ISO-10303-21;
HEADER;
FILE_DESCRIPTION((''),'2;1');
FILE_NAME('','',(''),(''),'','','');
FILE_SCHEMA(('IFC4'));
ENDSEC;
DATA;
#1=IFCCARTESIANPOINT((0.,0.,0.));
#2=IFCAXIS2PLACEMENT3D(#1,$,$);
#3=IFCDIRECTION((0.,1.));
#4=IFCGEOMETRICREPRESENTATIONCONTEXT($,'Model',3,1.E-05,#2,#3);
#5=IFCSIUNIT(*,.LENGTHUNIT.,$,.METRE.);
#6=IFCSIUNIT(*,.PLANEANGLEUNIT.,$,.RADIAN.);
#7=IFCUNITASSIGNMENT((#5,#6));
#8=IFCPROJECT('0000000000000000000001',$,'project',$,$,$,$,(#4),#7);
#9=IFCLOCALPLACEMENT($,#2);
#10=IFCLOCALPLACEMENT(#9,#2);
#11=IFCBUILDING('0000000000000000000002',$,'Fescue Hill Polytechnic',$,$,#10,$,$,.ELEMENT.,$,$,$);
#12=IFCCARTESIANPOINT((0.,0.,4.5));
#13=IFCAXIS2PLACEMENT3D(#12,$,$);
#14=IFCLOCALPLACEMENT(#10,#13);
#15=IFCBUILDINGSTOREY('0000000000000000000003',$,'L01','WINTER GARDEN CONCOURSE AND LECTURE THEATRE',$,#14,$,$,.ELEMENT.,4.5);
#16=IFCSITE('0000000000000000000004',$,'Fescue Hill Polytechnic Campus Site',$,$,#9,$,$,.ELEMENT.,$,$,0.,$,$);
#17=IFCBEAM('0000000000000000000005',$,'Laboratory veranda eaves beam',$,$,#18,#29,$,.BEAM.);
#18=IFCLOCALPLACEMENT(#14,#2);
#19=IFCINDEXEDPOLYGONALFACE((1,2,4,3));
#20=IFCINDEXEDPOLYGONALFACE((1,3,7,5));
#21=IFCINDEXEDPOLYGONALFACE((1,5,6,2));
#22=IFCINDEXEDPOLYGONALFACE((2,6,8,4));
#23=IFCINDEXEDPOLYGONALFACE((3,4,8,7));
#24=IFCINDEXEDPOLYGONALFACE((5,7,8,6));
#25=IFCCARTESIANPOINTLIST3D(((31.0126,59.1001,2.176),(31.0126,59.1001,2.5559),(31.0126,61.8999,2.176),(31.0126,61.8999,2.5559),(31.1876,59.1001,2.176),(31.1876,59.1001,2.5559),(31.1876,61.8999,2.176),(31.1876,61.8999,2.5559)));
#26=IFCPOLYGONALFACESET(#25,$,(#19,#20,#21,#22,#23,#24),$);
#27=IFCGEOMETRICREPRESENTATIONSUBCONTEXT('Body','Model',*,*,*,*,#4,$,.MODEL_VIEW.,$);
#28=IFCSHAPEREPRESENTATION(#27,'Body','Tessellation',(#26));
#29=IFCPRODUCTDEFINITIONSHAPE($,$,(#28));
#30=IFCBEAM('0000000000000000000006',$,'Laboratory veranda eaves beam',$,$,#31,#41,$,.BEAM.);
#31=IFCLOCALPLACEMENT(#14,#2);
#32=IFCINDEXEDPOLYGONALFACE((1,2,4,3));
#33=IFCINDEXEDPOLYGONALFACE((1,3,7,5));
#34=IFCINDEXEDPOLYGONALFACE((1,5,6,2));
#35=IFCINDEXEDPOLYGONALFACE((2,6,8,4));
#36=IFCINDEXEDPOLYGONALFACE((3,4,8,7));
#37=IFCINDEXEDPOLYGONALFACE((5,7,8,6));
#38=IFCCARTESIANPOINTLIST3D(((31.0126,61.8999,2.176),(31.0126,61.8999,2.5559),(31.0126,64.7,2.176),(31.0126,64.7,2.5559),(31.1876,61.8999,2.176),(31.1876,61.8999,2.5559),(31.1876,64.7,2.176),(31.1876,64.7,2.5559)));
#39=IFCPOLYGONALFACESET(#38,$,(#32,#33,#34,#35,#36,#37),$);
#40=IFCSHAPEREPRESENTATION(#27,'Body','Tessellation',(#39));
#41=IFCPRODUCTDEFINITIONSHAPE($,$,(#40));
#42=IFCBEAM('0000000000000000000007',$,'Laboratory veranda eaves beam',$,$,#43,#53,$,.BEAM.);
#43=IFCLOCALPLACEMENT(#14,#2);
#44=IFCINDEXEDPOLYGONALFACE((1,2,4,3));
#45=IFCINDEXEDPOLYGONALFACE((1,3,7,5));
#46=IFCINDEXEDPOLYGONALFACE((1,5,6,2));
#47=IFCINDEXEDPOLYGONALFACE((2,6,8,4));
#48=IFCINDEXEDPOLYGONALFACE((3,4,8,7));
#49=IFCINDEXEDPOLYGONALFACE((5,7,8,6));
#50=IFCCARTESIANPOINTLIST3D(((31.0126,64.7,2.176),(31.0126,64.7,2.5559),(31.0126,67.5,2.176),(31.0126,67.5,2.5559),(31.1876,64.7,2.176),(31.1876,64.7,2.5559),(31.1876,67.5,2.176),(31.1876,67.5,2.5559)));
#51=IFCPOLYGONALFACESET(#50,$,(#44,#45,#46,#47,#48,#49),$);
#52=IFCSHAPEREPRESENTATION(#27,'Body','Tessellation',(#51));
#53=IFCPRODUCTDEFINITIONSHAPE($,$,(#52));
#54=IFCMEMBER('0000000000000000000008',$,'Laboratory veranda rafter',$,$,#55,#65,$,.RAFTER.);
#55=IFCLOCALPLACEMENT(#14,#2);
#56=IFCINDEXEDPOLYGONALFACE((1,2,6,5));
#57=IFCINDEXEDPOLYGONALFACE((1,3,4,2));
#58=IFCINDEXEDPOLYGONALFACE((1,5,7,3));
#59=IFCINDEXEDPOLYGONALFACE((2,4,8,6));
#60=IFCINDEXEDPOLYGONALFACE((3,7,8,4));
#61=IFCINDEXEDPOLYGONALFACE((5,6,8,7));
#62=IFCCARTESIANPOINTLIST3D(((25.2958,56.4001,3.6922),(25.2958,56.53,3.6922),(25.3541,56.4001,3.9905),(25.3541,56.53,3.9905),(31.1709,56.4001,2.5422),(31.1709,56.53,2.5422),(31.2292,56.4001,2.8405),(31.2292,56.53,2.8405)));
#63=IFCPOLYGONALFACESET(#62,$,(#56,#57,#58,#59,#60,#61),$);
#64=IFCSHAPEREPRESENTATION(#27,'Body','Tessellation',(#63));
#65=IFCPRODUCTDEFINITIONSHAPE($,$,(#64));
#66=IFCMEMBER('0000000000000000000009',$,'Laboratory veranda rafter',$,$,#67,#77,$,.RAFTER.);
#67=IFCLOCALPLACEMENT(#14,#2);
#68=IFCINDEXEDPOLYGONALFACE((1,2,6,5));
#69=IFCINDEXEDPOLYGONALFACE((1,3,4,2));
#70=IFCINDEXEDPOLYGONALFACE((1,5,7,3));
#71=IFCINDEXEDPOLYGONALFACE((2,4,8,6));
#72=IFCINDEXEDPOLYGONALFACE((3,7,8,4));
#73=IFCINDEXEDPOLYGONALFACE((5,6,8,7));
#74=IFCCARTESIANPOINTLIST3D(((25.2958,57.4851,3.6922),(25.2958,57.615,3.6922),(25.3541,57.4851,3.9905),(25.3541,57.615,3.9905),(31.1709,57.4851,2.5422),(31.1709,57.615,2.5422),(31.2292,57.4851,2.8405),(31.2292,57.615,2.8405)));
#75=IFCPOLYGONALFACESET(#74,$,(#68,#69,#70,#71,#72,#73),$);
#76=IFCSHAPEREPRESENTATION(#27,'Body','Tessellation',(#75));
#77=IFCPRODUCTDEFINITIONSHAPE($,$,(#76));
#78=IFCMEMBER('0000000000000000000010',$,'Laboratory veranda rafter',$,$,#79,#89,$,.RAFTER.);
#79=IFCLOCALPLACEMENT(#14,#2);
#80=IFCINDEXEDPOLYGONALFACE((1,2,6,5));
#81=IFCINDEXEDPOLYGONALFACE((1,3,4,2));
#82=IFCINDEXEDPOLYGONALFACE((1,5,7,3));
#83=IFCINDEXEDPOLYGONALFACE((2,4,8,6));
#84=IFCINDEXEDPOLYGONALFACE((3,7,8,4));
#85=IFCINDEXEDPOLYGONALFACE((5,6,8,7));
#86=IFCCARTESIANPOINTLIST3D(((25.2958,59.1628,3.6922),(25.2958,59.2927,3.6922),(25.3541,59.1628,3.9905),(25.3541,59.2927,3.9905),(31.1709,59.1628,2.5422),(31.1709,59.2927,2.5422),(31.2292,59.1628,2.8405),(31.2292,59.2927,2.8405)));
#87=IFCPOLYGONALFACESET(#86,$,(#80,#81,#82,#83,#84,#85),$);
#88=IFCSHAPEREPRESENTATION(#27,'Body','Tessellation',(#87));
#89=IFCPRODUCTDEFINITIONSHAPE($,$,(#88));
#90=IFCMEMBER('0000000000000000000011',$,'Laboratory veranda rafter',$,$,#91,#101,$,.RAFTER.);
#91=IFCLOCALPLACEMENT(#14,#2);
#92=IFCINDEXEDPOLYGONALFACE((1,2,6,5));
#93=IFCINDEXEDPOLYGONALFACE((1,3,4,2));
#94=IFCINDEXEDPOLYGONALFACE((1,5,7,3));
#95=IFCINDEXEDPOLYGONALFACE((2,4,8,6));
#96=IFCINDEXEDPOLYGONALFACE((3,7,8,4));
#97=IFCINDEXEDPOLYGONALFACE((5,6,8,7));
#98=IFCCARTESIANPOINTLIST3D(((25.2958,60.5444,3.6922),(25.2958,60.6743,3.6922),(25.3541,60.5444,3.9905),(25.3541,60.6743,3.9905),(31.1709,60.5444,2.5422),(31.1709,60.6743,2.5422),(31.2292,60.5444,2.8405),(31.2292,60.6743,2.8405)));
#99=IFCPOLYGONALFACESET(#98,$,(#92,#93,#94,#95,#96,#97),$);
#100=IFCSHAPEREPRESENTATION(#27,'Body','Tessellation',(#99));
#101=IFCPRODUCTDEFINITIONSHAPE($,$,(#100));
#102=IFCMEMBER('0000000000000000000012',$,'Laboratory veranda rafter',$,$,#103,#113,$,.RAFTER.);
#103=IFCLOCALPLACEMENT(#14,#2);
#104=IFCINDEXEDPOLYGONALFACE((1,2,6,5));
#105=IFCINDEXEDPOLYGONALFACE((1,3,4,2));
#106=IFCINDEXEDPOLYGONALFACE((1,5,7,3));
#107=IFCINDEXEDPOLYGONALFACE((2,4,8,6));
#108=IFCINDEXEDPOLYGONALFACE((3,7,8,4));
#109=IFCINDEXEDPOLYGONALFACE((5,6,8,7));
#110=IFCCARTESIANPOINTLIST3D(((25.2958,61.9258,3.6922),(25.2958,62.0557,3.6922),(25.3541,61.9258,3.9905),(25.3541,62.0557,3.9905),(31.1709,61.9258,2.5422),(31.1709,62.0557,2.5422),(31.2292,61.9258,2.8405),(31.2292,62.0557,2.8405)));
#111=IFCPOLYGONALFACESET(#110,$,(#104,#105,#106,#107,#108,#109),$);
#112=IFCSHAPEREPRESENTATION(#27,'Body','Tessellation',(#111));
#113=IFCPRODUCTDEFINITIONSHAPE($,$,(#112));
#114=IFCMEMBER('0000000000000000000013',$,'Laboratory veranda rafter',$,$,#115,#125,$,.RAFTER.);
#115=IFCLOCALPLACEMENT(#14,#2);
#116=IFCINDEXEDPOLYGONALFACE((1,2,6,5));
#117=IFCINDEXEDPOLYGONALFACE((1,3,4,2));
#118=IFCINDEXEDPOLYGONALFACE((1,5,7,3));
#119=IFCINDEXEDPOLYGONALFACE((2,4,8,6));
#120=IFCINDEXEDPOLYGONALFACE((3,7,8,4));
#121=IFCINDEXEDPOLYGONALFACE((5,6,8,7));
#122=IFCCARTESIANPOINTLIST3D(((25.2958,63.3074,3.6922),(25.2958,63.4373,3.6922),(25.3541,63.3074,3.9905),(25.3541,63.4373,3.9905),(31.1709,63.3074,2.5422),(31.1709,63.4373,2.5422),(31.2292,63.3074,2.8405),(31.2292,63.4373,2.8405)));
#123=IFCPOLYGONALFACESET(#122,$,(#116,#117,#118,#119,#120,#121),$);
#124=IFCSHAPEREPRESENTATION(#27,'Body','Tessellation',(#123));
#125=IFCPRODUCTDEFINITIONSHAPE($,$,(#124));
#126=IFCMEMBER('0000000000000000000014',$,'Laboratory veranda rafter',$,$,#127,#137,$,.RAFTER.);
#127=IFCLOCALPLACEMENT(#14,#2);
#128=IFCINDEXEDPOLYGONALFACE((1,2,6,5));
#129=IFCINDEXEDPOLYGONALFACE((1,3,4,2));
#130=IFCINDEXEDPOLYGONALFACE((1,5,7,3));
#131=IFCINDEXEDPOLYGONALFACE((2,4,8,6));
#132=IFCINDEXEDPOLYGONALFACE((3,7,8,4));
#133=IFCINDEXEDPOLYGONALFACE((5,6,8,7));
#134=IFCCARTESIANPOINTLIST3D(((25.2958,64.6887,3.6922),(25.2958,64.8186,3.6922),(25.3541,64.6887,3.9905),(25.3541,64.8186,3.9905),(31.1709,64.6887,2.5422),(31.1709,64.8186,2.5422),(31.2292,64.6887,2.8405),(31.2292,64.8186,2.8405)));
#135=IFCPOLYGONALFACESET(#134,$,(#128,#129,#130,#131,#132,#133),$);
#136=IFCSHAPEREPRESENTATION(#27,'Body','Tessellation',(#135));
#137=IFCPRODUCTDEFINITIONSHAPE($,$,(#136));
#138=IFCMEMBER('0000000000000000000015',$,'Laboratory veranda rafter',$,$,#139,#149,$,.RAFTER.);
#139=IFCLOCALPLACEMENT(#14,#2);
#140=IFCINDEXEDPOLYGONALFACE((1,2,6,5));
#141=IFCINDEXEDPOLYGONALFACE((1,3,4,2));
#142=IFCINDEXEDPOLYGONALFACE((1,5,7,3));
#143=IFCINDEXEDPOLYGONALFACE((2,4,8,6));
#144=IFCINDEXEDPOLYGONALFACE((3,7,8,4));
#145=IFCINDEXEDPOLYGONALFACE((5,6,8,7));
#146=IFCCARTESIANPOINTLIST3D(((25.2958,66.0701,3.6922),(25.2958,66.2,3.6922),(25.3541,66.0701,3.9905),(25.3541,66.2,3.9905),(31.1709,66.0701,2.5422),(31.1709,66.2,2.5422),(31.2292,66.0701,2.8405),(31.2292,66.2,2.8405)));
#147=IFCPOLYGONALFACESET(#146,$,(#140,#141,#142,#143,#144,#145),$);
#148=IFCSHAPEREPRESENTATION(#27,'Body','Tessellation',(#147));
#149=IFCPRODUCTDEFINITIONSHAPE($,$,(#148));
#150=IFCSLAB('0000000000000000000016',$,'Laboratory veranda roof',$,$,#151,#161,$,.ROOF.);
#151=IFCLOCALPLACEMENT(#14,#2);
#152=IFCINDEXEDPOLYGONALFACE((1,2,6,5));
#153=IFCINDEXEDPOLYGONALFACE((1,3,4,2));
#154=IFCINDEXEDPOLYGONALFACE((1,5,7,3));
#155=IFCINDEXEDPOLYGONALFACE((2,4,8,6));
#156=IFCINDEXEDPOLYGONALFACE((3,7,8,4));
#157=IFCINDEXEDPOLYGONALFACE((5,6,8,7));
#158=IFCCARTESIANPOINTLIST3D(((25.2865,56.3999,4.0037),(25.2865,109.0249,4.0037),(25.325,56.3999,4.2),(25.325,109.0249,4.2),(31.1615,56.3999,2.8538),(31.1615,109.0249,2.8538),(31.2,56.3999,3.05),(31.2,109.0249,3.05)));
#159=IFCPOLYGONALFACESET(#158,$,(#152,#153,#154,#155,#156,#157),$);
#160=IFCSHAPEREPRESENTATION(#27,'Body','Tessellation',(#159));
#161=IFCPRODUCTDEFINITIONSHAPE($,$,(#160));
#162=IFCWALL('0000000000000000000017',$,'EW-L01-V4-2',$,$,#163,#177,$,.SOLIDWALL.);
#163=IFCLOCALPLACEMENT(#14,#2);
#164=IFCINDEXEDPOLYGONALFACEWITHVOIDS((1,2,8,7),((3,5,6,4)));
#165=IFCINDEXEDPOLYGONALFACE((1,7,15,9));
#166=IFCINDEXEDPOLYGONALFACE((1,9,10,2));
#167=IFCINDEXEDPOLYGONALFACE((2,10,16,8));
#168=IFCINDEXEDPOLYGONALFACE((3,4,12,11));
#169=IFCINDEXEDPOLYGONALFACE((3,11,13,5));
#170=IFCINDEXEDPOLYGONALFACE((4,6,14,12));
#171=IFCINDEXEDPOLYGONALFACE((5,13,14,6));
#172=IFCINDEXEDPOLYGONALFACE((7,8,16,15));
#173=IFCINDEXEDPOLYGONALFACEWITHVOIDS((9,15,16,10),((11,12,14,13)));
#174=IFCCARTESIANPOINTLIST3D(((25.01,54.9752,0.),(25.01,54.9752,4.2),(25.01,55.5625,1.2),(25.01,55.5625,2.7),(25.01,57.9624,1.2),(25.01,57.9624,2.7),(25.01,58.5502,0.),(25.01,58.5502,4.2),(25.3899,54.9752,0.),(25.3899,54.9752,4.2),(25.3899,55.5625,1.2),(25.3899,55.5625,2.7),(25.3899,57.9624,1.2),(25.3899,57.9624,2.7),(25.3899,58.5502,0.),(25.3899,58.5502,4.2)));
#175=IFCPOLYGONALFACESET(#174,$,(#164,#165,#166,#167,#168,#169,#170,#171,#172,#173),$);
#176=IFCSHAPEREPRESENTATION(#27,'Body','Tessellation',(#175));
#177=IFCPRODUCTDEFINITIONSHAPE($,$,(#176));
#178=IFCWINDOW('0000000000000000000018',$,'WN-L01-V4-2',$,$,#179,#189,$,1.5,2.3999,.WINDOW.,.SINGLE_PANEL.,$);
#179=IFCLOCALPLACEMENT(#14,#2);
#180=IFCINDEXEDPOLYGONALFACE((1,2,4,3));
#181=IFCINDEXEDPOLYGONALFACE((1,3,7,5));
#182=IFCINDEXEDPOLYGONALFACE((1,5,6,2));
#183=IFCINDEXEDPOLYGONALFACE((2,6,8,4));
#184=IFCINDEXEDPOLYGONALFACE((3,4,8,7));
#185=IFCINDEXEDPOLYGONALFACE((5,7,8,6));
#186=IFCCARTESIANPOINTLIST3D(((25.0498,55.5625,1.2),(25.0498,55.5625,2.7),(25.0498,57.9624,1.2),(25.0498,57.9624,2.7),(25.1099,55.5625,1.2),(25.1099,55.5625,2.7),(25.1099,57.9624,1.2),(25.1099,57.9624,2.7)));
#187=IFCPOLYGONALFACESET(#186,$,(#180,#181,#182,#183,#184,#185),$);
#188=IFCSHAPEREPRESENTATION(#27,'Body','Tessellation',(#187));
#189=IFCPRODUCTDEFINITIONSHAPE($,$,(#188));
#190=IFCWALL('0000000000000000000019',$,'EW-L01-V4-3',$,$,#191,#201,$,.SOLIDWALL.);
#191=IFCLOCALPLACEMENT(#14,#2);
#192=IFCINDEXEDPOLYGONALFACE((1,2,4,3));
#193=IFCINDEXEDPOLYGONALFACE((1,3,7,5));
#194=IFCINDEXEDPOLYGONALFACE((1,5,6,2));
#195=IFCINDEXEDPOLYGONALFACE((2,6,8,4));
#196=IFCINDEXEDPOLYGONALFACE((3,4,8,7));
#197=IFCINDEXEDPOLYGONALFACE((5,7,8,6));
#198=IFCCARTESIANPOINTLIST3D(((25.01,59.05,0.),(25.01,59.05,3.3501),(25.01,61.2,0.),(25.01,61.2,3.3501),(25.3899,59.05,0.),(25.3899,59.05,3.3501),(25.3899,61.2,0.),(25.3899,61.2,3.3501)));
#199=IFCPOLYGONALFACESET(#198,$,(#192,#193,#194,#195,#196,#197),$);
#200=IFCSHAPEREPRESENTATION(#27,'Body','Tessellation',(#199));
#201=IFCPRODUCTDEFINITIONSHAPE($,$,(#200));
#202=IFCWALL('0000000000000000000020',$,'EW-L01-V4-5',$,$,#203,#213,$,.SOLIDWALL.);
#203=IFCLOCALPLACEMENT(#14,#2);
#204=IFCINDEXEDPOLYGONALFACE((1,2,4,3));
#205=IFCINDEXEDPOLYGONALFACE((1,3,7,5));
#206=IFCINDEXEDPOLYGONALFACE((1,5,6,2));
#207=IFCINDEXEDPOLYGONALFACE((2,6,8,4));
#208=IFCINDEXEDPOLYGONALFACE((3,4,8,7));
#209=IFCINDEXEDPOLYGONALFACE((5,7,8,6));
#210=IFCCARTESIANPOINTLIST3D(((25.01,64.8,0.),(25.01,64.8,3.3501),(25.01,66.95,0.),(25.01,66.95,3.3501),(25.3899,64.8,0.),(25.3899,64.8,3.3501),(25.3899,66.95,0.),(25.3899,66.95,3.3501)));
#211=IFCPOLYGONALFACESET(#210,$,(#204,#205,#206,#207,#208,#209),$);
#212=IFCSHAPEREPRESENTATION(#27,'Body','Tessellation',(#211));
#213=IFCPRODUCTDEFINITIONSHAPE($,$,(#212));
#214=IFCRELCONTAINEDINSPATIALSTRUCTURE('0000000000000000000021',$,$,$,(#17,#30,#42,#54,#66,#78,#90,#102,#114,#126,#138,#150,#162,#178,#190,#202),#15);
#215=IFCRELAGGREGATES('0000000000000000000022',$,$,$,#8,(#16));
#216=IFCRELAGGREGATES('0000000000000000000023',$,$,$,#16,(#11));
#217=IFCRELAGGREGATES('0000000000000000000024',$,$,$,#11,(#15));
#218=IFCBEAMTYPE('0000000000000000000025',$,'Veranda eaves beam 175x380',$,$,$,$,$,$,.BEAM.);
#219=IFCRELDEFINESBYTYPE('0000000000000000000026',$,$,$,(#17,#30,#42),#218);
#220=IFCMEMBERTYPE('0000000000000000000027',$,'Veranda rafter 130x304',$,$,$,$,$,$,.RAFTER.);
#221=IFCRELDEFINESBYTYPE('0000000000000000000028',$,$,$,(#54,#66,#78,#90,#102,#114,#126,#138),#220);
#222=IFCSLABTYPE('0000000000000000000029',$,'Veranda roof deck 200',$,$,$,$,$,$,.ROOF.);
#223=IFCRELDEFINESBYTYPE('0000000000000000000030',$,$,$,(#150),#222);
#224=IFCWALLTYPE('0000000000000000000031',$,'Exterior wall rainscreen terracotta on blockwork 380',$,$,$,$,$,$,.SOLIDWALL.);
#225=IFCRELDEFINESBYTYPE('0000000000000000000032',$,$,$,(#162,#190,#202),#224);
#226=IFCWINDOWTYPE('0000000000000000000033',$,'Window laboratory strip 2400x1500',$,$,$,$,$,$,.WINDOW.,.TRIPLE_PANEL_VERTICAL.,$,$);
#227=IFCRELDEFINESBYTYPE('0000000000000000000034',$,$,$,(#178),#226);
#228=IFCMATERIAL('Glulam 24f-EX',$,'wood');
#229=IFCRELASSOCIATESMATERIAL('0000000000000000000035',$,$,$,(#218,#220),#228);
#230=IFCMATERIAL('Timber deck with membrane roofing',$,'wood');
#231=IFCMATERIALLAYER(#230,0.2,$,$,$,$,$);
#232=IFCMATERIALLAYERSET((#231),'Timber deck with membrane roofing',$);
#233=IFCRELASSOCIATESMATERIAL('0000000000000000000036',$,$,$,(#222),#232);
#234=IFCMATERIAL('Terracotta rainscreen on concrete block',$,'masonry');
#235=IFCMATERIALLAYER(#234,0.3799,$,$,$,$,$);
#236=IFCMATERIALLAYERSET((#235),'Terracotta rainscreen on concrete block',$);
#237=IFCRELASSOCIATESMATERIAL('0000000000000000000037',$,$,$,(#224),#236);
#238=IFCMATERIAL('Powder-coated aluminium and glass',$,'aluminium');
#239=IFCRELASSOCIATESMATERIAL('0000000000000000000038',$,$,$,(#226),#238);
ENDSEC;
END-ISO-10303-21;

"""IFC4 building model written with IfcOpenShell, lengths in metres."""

from ifc_helpers import new_model, si_unit, direction, frame, frame_2d, origin, origin_2d, place, context, subcontext, project, spatial, polyline, rectangle, outline, extrude, material, layer, layer_set, material_profile, profile_set, type_object, element, fill, save


model = new_model("IFC4")

# Units and contexts
model_context = context("Model", 3, precision=1e-05, world=origin(), true_north=direction((0.0, 1.0)))
body_context = subcontext(model_context, "Body", "Model", "MODEL_VIEW")
ifc_project = project(units=[si_unit("LENGTHUNIT", "METRE"), si_unit("PLANEANGLEUNIT", "RADIAN")], contexts=[model_context])

# Site, building, storey
site_placement = place(None, origin())
site = spatial("IfcSite", under=ifc_project, at=site_placement, Name="Fescue Hill Polytechnic Campus Site", CompositionType="ELEMENT", RefElevation=0.0)
building_placement = place(site_placement, origin())
building = spatial("IfcBuilding", under=site, at=building_placement, Name="Fescue Hill Polytechnic", CompositionType="ELEMENT")
storey_placement = place(building_placement, frame((0.0, 0.0, 4.5)))
storey = spatial("IfcBuildingStorey", under=building, at=storey_placement, Name="L01", Description="WINTER GARDEN CONCOURSE AND LECTURE THEATRE", CompositionType="ELEMENT", Elevation=4.5)

# Shared definitions
ifc_material_1 = material(Name="Glulam 24f-EX", Category="wood")

# Beams
ifc_material_profile_1 = material_profile(ifc_material_1, rectangle(XDim=0.175, YDim=0.3799, at=origin_2d()), Name="Veranda eaves beam 175x380")
ifc_profile_set_1 = profile_set([ifc_material_profile_1], Name="Glulam 24f-EX")
beam_type = type_object("IfcBeamType", Name="Veranda eaves beam 175x380", PredefinedType="BEAM", material=ifc_profile_set_1)
beam_1_placement = place(storey_placement, frame((31.1001, 59.1001, 2.366), z_axis=(0.0, 1.0, 0.0), x_axis=(-1.0, 0.0, 0.0)))
element("IfcBeam", 1, at=beam_1_placement, inside=storey, type_object=beam_type, Name="Laboratory veranda eaves beam", PredefinedType="BEAM", context=body_context, shape_type="SweptSolid", body=[
    extrude(rectangle(XDim=0.175, YDim=0.3799, at=origin_2d()), origin(), (0.0, 0.0, 1.0), 2.7998),
])
for number, where, z_axis, x_axis, name in (
    (2, (31.1001, 61.8999, 2.366), (0.0, 1.0, 0.0), (-1.0, 0.0, 0.0), "Laboratory veranda eaves beam"),
    (3, (31.1001, 64.7, 2.366), (0.0, 1.0, 0.0), (-1.0, 0.0, 0.0), "Laboratory veranda eaves beam"),
):
    element("IfcBeam", number, at=place(storey_placement, frame(where, z_axis=z_axis, x_axis=x_axis)), inside=storey, type_object=beam_type, Name=name, PredefinedType="BEAM", context=body_context, shape_type="SweptSolid", body=[
        extrude(rectangle(XDim=0.175, YDim=0.3799, at=origin_2d()), origin(), (0.0, 0.0, 1.0), 2.8),
    ])

# Members
ifc_material_profile_2 = material_profile(ifc_material_1, rectangle(XDim=0.1299, YDim=0.304, at=origin_2d()), Name="Veranda rafter 130x304")
ifc_profile_set_2 = profile_set([ifc_material_profile_2], Name="Glulam 24f-EX")
member_type = type_object("IfcMemberType", Name="Veranda rafter 130x304", PredefinedType="RAFTER", material=ifc_profile_set_2)
for number, where, z_axis, x_axis, name in (
    (4, (25.325, 56.4651, 3.8413), (0.981379, 0.0, -0.192083), (0.0, 1.0, 0.0), "Laboratory veranda rafter"),
    (5, (25.325, 57.55, 3.8413), (0.981379, 0.0, -0.192083), (0.0, 1.0, 0.0), "Laboratory veranda rafter"),
    (6, (25.325, 59.2278, 3.8413), (0.981379, 0.0, -0.192083), (0.0, 1.0, 0.0), "Laboratory veranda rafter"),
    (7, (25.325, 60.6094, 3.8413), (0.981379, 0.0, -0.192083), (0.0, 1.0, 0.0), "Laboratory veranda rafter"),
    (8, (25.325, 61.9907, 3.8413), (0.981379, 0.0, -0.192083), (0.0, 1.0, 0.0), "Laboratory veranda rafter"),
    (9, (25.325, 63.3723, 3.8413), (0.981379, 0.0, -0.192083), (0.0, 1.0, 0.0), "Laboratory veranda rafter"),
    (10, (25.325, 64.7537, 3.8413), (0.981379, 0.0, -0.192083), (0.0, 1.0, 0.0), "Laboratory veranda rafter"),
    (11, (25.325, 66.135, 3.8413), (0.981379, 0.0, -0.192083), (0.0, 1.0, 0.0), "Laboratory veranda rafter"),
):
    element("IfcMember", number, at=place(storey_placement, frame(where, z_axis=z_axis, x_axis=x_axis)), inside=storey, type_object=member_type, Name=name, PredefinedType="RAFTER", context=body_context, shape_type="SweptSolid", body=[
        extrude(rectangle(XDim=0.1299, YDim=0.304, at=origin_2d()), origin(), (0.0, 0.0, 1.0), 5.9866),
    ])

# Slab
ifc_material_2 = material(Name="Timber deck with membrane roofing", Category="wood")
ifc_layer_1 = layer(ifc_material_2, 0.2)
ifc_layer_set_1 = layer_set([ifc_layer_1], Name="Timber deck with membrane roofing")
slab_type = type_object("IfcSlabType", Name="Veranda roof deck 200", PredefinedType="ROOF", material=ifc_layer_set_1)
slab_placement = place(storey_placement, frame((25.325, 56.3999, 4.2), z_axis=(0.192083, 0.0, 0.981379), x_axis=(0.981379, 0.0, -0.192083)))
element("IfcSlab", 12, at=slab_placement, inside=storey, type_object=slab_type, Name="Laboratory veranda roof", PredefinedType="ROOF", context=body_context, shape_type="SweptSolid", body=[
    extrude(outline(polyline([(0.0, 0.0), (5.9865, 0.0), (5.9865, 52.625), (0.0, 52.625), (0.0, 0.0)])), origin(), (0.0, 0.0, -1.0), 0.2),
])

# Wall, opening, window
ifc_material_3 = material(Name="Terracotta rainscreen on concrete block", Category="masonry")
ifc_layer_2 = layer(ifc_material_3, 0.3799)
ifc_layer_set_2 = layer_set([ifc_layer_2], Name="Terracotta rainscreen on concrete block")
wall_type_1 = type_object("IfcWallType", Name="Exterior wall rainscreen terracotta on blockwork 380", PredefinedType="SOLIDWALL", material=ifc_layer_set_2)
wall_1_placement = place(storey_placement, frame((25.2, 54.9751, 0.0), z_axis=(0.0, 0.0, 1.0), x_axis=(0.0, 1.0, 0.0)))
wall_1 = element("IfcWall", 13, at=wall_1_placement, inside=storey, type_object=wall_type_1, Name="EW-L01-V4-2", PredefinedType="SOLIDWALL", context=body_context, shape_type="SweptSolid", body=[
    extrude(rectangle(XDim=3.575, YDim=0.3799, at=frame_2d((1.7876, 0.0))), origin(), (0.0, 0.0, 1.0), 4.2),
])
opening_1_placement = place(wall_1_placement, frame((0.5874, 0.0, 1.2)))
opening_1 = element("IfcOpeningElement", 14, at=opening_1_placement, cuts=wall_1, PredefinedType="OPENING", context=body_context, shape_type="SweptSolid", body=[
    extrude(rectangle(XDim=2.3999, YDim=1.5, at=frame_2d((1.2, 0.75))), frame((0.0, 0.2, 0.0), z_axis=(0.0, -1.0, 0.0), x_axis=(1.0, 0.0, 0.0)), (0.0, 0.0, 1.0), 0.3999),
])
ifc_material_4 = material(Name="Powder-coated aluminium and glass", Category="aluminium")
window_type = type_object("IfcWindowType", Name="Window laboratory strip 2400x1500", PartitioningType="TRIPLE_PANEL_VERTICAL", PredefinedType="WINDOW", material=ifc_material_4)
window_placement = place(opening_1_placement, origin())
window = element("IfcWindow", 15, at=window_placement, inside=storey, type_object=window_type, Name="WN-L01-V4-2", OverallHeight=1.5, OverallWidth=2.3999, PartitioningType="SINGLE_PANEL", PredefinedType="WINDOW", context=body_context, shape_type="SweptSolid", body=[
    extrude(rectangle(XDim=2.3999, YDim=1.5, at=frame_2d((1.2, 0.75))), frame((0.0, 0.1501, 0.0), z_axis=(0.0, -1.0, 0.0), x_axis=(1.0, 0.0, 0.0)), (0.0, 0.0, 1.0), 0.0601),
])
fill(opening_1, window)

# Walls
for number, where, z_axis, x_axis, name in (
    (16, (25.2, 59.05, 0.0), (0.0, 0.0, 1.0), (0.0, 1.0, 0.0), "EW-L01-V4-3"),
    (17, (25.2, 64.8, 0.0), (0.0, 0.0, 1.0), (0.0, 1.0, 0.0), "EW-L01-V4-5"),
):
    element("IfcWall", number, at=place(storey_placement, frame(where, z_axis=z_axis, x_axis=x_axis)), inside=storey, type_object=wall_type_1, Name=name, PredefinedType="SOLIDWALL", context=body_context, shape_type="SweptSolid", body=[
        extrude(rectangle(XDim=2.1499, YDim=0.3799, at=frame_2d((1.075, 0.0))), origin(), (0.0, 0.0, 1.0), 3.3501),
    ])

save(model, "model.ifc")
